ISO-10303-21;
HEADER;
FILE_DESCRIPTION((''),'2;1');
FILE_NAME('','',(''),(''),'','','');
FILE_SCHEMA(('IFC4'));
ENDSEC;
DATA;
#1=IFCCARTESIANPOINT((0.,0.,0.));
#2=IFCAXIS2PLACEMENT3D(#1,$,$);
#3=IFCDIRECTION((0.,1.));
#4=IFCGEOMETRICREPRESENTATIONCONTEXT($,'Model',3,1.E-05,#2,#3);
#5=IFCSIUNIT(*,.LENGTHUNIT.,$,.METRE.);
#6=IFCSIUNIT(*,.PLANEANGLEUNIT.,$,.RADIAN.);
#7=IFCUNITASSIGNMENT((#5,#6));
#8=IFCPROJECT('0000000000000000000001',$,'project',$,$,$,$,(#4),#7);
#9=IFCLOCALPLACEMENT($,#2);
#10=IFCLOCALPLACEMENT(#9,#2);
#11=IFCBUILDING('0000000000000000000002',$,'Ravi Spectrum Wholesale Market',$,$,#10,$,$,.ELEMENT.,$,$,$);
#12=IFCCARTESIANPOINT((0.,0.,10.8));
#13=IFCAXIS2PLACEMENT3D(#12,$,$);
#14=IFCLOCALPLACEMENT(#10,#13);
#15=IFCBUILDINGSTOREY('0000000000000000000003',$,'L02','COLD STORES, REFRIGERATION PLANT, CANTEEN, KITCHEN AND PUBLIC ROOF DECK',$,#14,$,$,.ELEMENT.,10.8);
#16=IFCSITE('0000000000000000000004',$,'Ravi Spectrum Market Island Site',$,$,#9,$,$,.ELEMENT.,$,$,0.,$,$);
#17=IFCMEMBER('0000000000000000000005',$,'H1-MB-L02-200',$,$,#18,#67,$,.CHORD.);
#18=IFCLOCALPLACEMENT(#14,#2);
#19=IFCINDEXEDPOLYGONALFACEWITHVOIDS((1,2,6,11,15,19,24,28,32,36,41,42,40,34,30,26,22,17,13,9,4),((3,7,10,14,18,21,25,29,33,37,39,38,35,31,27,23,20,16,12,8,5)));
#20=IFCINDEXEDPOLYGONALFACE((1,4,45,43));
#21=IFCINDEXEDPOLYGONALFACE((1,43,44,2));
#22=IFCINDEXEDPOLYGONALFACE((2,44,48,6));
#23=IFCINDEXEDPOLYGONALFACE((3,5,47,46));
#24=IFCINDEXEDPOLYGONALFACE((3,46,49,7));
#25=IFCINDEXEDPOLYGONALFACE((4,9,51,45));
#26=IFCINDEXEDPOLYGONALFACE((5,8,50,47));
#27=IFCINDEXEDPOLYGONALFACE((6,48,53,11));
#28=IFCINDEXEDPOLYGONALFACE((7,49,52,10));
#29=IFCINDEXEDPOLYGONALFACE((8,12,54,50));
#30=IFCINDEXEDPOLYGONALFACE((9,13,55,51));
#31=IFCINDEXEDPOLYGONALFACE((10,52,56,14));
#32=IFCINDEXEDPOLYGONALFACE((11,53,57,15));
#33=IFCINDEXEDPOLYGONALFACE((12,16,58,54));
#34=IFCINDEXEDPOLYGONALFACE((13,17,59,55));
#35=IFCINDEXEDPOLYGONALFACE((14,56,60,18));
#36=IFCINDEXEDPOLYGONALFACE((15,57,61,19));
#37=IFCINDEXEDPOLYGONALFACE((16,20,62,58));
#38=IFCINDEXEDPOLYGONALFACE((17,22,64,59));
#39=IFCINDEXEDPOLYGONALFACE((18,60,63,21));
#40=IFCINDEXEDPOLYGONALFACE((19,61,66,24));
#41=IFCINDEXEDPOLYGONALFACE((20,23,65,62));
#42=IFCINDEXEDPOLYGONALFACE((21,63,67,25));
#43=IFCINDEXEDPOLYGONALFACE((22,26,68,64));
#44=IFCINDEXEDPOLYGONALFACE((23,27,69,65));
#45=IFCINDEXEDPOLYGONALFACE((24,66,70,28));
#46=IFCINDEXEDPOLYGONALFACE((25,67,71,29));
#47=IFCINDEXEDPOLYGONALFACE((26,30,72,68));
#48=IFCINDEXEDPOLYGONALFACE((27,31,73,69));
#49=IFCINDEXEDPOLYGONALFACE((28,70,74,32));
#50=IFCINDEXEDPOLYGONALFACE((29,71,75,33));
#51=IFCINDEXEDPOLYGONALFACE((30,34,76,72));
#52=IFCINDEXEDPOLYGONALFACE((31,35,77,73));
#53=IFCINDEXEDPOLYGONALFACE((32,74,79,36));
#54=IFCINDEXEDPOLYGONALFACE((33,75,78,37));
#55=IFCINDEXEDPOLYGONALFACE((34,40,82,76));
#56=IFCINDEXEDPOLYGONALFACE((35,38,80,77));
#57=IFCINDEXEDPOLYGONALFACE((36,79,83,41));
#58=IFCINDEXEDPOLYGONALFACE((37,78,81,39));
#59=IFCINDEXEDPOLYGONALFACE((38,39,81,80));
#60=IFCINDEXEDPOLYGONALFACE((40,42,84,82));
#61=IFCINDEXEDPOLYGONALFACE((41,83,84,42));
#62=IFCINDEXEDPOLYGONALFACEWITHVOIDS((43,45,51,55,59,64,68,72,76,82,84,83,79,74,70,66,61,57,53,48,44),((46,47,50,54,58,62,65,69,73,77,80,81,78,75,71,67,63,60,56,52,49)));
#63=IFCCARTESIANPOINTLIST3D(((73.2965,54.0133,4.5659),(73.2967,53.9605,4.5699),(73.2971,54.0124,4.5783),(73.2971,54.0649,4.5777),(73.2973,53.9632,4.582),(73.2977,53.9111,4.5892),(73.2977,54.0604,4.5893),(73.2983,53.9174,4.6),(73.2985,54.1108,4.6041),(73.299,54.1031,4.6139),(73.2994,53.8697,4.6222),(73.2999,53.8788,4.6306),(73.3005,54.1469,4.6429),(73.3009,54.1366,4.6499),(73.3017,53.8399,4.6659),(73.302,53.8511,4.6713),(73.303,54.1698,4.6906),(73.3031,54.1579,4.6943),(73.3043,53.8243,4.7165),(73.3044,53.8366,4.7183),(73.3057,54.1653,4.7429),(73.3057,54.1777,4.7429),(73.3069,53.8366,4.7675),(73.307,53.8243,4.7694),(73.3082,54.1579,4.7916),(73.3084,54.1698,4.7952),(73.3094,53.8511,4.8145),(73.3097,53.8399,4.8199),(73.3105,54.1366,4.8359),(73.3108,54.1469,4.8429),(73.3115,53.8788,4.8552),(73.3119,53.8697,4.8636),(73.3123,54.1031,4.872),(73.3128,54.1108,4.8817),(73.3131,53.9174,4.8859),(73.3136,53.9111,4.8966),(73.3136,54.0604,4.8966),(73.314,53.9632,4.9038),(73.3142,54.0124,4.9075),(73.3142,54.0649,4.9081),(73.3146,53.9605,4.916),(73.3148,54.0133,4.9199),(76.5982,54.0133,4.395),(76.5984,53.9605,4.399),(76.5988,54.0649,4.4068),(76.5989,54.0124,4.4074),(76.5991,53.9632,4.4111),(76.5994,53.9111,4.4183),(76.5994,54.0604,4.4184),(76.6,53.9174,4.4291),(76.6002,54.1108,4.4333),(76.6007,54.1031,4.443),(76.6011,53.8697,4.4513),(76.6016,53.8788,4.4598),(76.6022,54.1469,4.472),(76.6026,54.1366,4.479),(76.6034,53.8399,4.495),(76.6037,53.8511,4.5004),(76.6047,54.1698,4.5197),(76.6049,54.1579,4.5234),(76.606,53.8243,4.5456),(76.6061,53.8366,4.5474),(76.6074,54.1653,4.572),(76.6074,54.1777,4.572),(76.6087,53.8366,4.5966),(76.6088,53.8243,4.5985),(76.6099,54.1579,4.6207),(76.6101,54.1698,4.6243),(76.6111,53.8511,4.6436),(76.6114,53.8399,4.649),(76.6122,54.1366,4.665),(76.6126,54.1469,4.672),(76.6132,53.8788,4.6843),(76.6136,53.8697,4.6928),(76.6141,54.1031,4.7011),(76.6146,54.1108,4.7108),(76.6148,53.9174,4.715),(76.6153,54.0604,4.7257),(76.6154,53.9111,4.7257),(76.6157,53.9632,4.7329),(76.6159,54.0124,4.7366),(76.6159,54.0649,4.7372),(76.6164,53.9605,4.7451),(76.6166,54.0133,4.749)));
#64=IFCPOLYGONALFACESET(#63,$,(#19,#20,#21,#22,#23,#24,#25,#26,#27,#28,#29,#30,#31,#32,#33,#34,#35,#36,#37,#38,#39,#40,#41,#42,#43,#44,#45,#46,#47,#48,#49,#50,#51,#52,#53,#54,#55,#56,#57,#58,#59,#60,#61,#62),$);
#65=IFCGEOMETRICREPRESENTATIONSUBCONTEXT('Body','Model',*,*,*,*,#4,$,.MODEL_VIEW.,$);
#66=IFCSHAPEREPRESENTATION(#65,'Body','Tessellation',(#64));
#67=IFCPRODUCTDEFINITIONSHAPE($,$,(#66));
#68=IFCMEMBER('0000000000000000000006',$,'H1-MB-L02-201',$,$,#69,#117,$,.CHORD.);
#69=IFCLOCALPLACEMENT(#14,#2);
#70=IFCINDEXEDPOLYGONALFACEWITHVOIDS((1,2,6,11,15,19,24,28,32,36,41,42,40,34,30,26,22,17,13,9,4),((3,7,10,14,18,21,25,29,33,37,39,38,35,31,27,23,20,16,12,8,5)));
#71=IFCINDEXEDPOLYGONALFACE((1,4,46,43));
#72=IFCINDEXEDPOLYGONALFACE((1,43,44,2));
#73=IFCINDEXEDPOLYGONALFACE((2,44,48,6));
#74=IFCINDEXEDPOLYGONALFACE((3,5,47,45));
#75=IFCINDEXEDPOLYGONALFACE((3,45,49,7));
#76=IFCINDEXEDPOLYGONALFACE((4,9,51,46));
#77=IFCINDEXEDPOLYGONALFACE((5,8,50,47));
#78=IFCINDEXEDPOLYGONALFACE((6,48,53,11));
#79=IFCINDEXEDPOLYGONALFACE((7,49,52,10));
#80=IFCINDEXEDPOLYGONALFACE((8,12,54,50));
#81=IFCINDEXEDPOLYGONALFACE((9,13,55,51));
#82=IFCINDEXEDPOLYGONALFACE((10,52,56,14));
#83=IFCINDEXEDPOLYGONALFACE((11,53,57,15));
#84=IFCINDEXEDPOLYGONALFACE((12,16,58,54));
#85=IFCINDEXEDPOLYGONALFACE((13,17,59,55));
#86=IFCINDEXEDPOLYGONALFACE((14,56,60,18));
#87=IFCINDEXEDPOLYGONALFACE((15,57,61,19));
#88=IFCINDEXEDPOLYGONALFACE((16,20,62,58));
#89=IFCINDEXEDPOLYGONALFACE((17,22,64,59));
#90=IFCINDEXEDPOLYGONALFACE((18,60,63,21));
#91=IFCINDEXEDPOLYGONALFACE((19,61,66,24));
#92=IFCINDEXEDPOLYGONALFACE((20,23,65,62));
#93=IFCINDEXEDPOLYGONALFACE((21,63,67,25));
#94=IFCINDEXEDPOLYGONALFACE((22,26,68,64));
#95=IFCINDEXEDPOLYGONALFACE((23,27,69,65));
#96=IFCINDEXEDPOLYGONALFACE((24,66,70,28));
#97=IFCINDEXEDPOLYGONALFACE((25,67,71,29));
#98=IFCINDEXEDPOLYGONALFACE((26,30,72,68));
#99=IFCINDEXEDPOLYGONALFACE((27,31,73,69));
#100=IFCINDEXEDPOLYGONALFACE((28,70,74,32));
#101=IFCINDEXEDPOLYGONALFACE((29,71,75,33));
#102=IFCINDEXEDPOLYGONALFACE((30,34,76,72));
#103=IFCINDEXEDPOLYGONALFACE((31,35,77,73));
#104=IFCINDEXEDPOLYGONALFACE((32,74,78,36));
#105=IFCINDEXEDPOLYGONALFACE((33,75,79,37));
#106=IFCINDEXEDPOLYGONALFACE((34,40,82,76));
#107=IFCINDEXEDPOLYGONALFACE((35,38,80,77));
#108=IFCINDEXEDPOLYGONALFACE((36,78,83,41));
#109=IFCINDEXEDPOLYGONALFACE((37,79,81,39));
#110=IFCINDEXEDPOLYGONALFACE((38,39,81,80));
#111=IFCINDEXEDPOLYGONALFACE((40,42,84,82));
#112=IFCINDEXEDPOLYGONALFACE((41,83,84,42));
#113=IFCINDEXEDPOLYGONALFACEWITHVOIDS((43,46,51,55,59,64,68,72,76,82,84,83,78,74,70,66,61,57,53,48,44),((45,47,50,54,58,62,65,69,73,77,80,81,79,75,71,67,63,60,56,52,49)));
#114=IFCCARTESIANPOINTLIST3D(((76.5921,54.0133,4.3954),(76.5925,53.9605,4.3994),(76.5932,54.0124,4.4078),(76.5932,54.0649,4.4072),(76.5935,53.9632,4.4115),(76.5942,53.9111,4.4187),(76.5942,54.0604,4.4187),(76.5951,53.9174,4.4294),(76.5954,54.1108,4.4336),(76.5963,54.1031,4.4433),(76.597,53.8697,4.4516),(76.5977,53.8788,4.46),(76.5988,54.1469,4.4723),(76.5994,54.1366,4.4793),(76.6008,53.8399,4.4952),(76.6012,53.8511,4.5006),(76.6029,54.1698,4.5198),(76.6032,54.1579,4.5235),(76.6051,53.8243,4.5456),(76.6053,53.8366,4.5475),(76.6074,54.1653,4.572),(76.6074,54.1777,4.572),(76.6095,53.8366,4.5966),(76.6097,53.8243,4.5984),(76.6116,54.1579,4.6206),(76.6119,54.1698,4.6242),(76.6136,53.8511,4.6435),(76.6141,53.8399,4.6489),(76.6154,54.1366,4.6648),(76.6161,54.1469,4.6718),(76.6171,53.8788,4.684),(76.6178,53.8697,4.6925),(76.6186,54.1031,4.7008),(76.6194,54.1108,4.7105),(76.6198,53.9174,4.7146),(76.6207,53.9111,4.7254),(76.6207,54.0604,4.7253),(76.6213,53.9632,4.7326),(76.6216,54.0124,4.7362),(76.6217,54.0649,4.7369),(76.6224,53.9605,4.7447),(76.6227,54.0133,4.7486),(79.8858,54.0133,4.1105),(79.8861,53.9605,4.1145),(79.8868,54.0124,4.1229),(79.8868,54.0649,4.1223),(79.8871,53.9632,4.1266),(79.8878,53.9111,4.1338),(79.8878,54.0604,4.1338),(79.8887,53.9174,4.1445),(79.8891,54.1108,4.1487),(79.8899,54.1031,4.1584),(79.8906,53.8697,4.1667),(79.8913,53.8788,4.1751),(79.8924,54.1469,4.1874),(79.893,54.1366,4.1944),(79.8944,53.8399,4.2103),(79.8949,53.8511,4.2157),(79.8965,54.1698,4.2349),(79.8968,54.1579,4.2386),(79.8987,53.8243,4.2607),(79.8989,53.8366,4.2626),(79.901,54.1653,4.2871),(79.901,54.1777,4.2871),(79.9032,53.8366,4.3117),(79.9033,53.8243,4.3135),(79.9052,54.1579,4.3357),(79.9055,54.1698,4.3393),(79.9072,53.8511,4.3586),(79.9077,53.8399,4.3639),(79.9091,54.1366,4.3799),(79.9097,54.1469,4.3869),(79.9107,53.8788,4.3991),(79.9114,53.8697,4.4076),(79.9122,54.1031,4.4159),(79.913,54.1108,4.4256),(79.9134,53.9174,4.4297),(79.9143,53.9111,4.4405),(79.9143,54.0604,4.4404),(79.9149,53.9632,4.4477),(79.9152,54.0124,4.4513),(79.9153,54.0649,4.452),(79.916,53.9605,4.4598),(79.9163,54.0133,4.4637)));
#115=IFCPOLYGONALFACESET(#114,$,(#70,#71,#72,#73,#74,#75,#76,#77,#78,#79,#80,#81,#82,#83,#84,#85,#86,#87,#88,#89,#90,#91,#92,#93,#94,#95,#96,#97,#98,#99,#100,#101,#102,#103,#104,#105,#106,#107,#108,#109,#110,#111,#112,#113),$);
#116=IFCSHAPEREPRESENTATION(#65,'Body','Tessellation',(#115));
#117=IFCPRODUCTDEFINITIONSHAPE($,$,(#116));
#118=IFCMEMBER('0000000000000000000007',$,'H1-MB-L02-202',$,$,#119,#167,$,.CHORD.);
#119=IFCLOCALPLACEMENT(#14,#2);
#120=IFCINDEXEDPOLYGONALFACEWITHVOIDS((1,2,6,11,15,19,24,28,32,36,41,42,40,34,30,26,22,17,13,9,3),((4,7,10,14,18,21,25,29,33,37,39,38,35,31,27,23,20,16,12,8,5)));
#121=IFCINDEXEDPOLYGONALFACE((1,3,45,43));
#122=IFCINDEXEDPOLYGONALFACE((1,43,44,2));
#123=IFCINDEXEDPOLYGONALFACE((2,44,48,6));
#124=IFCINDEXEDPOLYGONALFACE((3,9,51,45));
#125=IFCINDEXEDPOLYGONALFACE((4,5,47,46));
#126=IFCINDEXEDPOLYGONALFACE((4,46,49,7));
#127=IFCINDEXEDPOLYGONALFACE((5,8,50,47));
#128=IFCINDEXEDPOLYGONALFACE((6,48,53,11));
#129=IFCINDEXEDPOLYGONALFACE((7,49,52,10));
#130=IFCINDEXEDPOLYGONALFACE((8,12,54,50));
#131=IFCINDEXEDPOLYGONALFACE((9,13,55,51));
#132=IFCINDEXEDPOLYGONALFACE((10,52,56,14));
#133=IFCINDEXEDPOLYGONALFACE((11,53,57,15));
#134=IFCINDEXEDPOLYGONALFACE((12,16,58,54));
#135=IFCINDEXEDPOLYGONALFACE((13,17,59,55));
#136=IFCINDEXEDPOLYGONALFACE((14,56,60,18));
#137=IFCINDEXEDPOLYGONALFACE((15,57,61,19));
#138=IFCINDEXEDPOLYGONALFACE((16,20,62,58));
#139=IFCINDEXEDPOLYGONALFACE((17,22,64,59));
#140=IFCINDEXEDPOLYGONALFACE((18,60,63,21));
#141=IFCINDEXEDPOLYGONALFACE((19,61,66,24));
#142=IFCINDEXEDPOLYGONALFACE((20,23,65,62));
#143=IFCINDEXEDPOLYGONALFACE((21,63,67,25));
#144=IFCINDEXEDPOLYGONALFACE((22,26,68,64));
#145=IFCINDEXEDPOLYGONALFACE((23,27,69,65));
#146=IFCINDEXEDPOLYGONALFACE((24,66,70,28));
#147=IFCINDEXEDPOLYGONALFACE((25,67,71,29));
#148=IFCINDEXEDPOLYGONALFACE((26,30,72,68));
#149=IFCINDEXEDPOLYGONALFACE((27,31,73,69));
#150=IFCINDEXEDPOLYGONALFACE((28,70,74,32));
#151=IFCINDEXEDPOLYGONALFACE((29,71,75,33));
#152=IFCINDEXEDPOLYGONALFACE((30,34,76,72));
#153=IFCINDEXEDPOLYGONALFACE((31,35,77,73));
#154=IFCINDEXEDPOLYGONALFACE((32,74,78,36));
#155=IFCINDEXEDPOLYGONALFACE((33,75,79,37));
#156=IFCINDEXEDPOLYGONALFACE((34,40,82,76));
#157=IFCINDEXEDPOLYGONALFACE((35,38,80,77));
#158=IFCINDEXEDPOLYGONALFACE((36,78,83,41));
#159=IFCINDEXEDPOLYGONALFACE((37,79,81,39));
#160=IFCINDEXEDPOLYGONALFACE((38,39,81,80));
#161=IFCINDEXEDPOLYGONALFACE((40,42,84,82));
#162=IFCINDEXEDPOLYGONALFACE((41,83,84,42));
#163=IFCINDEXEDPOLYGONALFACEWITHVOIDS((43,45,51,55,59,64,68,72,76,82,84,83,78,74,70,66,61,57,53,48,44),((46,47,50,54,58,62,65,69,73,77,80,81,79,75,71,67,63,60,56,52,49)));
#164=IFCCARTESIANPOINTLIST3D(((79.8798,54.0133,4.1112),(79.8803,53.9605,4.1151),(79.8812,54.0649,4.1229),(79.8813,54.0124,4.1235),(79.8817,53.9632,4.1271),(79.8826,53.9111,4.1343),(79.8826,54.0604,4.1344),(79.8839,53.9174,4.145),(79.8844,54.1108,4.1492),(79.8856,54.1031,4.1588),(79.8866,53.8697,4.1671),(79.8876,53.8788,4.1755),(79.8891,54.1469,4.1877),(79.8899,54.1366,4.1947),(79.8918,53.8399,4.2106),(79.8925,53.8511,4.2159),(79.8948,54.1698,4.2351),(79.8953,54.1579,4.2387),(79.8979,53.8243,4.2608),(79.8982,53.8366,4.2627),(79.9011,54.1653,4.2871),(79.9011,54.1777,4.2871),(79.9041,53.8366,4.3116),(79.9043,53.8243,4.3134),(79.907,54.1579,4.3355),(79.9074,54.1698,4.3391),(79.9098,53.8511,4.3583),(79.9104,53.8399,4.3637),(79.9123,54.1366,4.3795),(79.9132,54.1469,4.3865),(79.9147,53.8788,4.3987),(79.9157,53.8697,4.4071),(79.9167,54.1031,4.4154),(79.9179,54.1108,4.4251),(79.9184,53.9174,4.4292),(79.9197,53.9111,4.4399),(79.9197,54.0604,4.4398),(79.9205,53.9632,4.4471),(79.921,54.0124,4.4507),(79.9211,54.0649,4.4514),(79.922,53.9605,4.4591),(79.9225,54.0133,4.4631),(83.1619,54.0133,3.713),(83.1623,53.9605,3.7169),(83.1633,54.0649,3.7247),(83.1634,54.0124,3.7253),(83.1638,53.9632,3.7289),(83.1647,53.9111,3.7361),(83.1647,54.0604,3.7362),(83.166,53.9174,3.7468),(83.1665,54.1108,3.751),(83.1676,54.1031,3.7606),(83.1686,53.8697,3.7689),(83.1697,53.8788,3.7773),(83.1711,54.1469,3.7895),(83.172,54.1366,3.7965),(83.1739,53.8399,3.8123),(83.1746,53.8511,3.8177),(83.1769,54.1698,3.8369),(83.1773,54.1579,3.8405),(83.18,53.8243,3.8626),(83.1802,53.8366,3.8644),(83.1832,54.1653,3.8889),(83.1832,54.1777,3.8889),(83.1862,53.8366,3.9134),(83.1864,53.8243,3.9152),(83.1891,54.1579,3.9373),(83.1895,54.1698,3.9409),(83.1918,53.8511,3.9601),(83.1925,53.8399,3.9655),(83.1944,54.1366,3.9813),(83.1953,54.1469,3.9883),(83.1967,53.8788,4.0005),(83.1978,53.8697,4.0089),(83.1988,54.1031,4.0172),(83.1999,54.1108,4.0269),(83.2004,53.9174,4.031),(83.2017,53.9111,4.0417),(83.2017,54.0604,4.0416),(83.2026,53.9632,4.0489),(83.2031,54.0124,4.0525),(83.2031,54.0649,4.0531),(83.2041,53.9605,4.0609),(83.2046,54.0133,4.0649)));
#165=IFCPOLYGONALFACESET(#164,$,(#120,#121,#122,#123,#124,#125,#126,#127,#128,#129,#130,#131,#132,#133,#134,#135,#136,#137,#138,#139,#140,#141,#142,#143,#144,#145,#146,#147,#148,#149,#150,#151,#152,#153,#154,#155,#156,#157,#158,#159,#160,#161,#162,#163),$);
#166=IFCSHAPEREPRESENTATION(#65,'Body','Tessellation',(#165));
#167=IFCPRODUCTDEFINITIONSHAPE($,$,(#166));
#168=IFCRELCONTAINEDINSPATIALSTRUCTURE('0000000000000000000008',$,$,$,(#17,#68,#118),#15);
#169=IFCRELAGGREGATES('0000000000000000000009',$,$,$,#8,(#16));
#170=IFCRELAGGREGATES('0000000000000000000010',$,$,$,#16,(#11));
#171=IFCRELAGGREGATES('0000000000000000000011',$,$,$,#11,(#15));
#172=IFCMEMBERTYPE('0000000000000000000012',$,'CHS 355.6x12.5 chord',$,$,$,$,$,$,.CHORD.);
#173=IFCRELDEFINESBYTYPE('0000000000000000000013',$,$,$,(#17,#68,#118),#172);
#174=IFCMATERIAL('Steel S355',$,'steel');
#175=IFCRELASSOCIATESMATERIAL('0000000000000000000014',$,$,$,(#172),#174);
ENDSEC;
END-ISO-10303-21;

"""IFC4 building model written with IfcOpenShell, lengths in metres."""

from ifc_helpers import new_model, si_unit, direction, frame, origin, origin_2d, place, context, subcontext, project, spatial, hollow_circle, extrude, material, material_profile, profile_set, type_object, element, save


model = new_model("IFC4")

# Units and contexts
model_context = context("Model", 3, precision=1e-05, world=origin(), true_north=direction((0.0, 1.0)))
body_context = subcontext(model_context, "Body", "Model", "MODEL_VIEW")
ifc_project = project(units=[si_unit("LENGTHUNIT", "METRE"), si_unit("PLANEANGLEUNIT", "RADIAN")], contexts=[model_context])

# Site, building, storey
site_placement = place(None, origin())
site = spatial("IfcSite", under=ifc_project, at=site_placement, Name="Ravi Spectrum Market Island Site", CompositionType="ELEMENT", RefElevation=0.0)
building_placement = place(site_placement, origin())
building = spatial("IfcBuilding", under=site, at=building_placement, Name="Ravi Spectrum Wholesale Market", CompositionType="ELEMENT")
storey_placement = place(building_placement, frame((0.0, 0.0, 10.8)))
storey = spatial("IfcBuildingStorey", under=building, at=storey_placement, Name="L02", Description="COLD STORES, REFRIGERATION PLANT, CANTEEN, KITCHEN AND PUBLIC ROOF DECK", CompositionType="ELEMENT", Elevation=10.8)

# Members
ifc_material_1 = material(Name="Steel S355", Category="steel")
ifc_material_profile_1 = material_profile(ifc_material_1, hollow_circle(Radius=0.1777, WallThickness=0.0125, at=origin_2d()))
ifc_profile_set_1 = profile_set([ifc_material_profile_1], Name="Steel S355")
member_type_1 = type_object("IfcMemberType", Name="CHS 355.6x12.5 chord", PredefinedType="CHORD", material=ifc_profile_set_1)
member_1_placement = place(storey_placement, frame((73.3057, 54.0, 4.7429), z_axis=(0.998663, 0.0, -0.051691), x_axis=(0.0, 1.0, 0.0)))
element("IfcMember", 1, at=member_1_placement, inside=storey, type_object=member_type_1, Name="H1-MB-L02-200", PredefinedType="CHORD", context=body_context, shape_type="SweptSolid", body=[
    extrude(hollow_circle(Radius=0.1777, WallThickness=0.0125, at=origin_2d()), origin(), (0.0, 0.0, 1.0), 3.3062),
])
member_2_placement = place(storey_placement, frame((76.6074, 54.0, 4.572), z_axis=(0.99628, 0.0, -0.08618), x_axis=(0.0, 1.0, 0.0)))
element("IfcMember", 2, at=member_2_placement, inside=storey, type_object=member_type_1, Name="H1-MB-L02-201", PredefinedType="CHORD", context=body_context, shape_type="SweptSolid", body=[
    extrude(hollow_circle(Radius=0.1777, WallThickness=0.0125, at=origin_2d()), origin(), (0.0, 0.0, 1.0), 3.3059),
])
member_3_placement = place(storey_placement, frame((79.9011, 54.0, 4.2871), z_axis=(0.99272, 0.0, -0.120444), x_axis=(0.0, 1.0, 0.0)))
element("IfcMember", 3, at=member_3_placement, inside=storey, type_object=member_type_1, Name="H1-MB-L02-202", PredefinedType="CHORD", context=body_context, shape_type="SweptSolid", body=[
    extrude(hollow_circle(Radius=0.1777, WallThickness=0.0125, at=origin_2d()), origin(), (0.0, 0.0, 1.0), 3.3062),
])

save(model, "model.ifc")
